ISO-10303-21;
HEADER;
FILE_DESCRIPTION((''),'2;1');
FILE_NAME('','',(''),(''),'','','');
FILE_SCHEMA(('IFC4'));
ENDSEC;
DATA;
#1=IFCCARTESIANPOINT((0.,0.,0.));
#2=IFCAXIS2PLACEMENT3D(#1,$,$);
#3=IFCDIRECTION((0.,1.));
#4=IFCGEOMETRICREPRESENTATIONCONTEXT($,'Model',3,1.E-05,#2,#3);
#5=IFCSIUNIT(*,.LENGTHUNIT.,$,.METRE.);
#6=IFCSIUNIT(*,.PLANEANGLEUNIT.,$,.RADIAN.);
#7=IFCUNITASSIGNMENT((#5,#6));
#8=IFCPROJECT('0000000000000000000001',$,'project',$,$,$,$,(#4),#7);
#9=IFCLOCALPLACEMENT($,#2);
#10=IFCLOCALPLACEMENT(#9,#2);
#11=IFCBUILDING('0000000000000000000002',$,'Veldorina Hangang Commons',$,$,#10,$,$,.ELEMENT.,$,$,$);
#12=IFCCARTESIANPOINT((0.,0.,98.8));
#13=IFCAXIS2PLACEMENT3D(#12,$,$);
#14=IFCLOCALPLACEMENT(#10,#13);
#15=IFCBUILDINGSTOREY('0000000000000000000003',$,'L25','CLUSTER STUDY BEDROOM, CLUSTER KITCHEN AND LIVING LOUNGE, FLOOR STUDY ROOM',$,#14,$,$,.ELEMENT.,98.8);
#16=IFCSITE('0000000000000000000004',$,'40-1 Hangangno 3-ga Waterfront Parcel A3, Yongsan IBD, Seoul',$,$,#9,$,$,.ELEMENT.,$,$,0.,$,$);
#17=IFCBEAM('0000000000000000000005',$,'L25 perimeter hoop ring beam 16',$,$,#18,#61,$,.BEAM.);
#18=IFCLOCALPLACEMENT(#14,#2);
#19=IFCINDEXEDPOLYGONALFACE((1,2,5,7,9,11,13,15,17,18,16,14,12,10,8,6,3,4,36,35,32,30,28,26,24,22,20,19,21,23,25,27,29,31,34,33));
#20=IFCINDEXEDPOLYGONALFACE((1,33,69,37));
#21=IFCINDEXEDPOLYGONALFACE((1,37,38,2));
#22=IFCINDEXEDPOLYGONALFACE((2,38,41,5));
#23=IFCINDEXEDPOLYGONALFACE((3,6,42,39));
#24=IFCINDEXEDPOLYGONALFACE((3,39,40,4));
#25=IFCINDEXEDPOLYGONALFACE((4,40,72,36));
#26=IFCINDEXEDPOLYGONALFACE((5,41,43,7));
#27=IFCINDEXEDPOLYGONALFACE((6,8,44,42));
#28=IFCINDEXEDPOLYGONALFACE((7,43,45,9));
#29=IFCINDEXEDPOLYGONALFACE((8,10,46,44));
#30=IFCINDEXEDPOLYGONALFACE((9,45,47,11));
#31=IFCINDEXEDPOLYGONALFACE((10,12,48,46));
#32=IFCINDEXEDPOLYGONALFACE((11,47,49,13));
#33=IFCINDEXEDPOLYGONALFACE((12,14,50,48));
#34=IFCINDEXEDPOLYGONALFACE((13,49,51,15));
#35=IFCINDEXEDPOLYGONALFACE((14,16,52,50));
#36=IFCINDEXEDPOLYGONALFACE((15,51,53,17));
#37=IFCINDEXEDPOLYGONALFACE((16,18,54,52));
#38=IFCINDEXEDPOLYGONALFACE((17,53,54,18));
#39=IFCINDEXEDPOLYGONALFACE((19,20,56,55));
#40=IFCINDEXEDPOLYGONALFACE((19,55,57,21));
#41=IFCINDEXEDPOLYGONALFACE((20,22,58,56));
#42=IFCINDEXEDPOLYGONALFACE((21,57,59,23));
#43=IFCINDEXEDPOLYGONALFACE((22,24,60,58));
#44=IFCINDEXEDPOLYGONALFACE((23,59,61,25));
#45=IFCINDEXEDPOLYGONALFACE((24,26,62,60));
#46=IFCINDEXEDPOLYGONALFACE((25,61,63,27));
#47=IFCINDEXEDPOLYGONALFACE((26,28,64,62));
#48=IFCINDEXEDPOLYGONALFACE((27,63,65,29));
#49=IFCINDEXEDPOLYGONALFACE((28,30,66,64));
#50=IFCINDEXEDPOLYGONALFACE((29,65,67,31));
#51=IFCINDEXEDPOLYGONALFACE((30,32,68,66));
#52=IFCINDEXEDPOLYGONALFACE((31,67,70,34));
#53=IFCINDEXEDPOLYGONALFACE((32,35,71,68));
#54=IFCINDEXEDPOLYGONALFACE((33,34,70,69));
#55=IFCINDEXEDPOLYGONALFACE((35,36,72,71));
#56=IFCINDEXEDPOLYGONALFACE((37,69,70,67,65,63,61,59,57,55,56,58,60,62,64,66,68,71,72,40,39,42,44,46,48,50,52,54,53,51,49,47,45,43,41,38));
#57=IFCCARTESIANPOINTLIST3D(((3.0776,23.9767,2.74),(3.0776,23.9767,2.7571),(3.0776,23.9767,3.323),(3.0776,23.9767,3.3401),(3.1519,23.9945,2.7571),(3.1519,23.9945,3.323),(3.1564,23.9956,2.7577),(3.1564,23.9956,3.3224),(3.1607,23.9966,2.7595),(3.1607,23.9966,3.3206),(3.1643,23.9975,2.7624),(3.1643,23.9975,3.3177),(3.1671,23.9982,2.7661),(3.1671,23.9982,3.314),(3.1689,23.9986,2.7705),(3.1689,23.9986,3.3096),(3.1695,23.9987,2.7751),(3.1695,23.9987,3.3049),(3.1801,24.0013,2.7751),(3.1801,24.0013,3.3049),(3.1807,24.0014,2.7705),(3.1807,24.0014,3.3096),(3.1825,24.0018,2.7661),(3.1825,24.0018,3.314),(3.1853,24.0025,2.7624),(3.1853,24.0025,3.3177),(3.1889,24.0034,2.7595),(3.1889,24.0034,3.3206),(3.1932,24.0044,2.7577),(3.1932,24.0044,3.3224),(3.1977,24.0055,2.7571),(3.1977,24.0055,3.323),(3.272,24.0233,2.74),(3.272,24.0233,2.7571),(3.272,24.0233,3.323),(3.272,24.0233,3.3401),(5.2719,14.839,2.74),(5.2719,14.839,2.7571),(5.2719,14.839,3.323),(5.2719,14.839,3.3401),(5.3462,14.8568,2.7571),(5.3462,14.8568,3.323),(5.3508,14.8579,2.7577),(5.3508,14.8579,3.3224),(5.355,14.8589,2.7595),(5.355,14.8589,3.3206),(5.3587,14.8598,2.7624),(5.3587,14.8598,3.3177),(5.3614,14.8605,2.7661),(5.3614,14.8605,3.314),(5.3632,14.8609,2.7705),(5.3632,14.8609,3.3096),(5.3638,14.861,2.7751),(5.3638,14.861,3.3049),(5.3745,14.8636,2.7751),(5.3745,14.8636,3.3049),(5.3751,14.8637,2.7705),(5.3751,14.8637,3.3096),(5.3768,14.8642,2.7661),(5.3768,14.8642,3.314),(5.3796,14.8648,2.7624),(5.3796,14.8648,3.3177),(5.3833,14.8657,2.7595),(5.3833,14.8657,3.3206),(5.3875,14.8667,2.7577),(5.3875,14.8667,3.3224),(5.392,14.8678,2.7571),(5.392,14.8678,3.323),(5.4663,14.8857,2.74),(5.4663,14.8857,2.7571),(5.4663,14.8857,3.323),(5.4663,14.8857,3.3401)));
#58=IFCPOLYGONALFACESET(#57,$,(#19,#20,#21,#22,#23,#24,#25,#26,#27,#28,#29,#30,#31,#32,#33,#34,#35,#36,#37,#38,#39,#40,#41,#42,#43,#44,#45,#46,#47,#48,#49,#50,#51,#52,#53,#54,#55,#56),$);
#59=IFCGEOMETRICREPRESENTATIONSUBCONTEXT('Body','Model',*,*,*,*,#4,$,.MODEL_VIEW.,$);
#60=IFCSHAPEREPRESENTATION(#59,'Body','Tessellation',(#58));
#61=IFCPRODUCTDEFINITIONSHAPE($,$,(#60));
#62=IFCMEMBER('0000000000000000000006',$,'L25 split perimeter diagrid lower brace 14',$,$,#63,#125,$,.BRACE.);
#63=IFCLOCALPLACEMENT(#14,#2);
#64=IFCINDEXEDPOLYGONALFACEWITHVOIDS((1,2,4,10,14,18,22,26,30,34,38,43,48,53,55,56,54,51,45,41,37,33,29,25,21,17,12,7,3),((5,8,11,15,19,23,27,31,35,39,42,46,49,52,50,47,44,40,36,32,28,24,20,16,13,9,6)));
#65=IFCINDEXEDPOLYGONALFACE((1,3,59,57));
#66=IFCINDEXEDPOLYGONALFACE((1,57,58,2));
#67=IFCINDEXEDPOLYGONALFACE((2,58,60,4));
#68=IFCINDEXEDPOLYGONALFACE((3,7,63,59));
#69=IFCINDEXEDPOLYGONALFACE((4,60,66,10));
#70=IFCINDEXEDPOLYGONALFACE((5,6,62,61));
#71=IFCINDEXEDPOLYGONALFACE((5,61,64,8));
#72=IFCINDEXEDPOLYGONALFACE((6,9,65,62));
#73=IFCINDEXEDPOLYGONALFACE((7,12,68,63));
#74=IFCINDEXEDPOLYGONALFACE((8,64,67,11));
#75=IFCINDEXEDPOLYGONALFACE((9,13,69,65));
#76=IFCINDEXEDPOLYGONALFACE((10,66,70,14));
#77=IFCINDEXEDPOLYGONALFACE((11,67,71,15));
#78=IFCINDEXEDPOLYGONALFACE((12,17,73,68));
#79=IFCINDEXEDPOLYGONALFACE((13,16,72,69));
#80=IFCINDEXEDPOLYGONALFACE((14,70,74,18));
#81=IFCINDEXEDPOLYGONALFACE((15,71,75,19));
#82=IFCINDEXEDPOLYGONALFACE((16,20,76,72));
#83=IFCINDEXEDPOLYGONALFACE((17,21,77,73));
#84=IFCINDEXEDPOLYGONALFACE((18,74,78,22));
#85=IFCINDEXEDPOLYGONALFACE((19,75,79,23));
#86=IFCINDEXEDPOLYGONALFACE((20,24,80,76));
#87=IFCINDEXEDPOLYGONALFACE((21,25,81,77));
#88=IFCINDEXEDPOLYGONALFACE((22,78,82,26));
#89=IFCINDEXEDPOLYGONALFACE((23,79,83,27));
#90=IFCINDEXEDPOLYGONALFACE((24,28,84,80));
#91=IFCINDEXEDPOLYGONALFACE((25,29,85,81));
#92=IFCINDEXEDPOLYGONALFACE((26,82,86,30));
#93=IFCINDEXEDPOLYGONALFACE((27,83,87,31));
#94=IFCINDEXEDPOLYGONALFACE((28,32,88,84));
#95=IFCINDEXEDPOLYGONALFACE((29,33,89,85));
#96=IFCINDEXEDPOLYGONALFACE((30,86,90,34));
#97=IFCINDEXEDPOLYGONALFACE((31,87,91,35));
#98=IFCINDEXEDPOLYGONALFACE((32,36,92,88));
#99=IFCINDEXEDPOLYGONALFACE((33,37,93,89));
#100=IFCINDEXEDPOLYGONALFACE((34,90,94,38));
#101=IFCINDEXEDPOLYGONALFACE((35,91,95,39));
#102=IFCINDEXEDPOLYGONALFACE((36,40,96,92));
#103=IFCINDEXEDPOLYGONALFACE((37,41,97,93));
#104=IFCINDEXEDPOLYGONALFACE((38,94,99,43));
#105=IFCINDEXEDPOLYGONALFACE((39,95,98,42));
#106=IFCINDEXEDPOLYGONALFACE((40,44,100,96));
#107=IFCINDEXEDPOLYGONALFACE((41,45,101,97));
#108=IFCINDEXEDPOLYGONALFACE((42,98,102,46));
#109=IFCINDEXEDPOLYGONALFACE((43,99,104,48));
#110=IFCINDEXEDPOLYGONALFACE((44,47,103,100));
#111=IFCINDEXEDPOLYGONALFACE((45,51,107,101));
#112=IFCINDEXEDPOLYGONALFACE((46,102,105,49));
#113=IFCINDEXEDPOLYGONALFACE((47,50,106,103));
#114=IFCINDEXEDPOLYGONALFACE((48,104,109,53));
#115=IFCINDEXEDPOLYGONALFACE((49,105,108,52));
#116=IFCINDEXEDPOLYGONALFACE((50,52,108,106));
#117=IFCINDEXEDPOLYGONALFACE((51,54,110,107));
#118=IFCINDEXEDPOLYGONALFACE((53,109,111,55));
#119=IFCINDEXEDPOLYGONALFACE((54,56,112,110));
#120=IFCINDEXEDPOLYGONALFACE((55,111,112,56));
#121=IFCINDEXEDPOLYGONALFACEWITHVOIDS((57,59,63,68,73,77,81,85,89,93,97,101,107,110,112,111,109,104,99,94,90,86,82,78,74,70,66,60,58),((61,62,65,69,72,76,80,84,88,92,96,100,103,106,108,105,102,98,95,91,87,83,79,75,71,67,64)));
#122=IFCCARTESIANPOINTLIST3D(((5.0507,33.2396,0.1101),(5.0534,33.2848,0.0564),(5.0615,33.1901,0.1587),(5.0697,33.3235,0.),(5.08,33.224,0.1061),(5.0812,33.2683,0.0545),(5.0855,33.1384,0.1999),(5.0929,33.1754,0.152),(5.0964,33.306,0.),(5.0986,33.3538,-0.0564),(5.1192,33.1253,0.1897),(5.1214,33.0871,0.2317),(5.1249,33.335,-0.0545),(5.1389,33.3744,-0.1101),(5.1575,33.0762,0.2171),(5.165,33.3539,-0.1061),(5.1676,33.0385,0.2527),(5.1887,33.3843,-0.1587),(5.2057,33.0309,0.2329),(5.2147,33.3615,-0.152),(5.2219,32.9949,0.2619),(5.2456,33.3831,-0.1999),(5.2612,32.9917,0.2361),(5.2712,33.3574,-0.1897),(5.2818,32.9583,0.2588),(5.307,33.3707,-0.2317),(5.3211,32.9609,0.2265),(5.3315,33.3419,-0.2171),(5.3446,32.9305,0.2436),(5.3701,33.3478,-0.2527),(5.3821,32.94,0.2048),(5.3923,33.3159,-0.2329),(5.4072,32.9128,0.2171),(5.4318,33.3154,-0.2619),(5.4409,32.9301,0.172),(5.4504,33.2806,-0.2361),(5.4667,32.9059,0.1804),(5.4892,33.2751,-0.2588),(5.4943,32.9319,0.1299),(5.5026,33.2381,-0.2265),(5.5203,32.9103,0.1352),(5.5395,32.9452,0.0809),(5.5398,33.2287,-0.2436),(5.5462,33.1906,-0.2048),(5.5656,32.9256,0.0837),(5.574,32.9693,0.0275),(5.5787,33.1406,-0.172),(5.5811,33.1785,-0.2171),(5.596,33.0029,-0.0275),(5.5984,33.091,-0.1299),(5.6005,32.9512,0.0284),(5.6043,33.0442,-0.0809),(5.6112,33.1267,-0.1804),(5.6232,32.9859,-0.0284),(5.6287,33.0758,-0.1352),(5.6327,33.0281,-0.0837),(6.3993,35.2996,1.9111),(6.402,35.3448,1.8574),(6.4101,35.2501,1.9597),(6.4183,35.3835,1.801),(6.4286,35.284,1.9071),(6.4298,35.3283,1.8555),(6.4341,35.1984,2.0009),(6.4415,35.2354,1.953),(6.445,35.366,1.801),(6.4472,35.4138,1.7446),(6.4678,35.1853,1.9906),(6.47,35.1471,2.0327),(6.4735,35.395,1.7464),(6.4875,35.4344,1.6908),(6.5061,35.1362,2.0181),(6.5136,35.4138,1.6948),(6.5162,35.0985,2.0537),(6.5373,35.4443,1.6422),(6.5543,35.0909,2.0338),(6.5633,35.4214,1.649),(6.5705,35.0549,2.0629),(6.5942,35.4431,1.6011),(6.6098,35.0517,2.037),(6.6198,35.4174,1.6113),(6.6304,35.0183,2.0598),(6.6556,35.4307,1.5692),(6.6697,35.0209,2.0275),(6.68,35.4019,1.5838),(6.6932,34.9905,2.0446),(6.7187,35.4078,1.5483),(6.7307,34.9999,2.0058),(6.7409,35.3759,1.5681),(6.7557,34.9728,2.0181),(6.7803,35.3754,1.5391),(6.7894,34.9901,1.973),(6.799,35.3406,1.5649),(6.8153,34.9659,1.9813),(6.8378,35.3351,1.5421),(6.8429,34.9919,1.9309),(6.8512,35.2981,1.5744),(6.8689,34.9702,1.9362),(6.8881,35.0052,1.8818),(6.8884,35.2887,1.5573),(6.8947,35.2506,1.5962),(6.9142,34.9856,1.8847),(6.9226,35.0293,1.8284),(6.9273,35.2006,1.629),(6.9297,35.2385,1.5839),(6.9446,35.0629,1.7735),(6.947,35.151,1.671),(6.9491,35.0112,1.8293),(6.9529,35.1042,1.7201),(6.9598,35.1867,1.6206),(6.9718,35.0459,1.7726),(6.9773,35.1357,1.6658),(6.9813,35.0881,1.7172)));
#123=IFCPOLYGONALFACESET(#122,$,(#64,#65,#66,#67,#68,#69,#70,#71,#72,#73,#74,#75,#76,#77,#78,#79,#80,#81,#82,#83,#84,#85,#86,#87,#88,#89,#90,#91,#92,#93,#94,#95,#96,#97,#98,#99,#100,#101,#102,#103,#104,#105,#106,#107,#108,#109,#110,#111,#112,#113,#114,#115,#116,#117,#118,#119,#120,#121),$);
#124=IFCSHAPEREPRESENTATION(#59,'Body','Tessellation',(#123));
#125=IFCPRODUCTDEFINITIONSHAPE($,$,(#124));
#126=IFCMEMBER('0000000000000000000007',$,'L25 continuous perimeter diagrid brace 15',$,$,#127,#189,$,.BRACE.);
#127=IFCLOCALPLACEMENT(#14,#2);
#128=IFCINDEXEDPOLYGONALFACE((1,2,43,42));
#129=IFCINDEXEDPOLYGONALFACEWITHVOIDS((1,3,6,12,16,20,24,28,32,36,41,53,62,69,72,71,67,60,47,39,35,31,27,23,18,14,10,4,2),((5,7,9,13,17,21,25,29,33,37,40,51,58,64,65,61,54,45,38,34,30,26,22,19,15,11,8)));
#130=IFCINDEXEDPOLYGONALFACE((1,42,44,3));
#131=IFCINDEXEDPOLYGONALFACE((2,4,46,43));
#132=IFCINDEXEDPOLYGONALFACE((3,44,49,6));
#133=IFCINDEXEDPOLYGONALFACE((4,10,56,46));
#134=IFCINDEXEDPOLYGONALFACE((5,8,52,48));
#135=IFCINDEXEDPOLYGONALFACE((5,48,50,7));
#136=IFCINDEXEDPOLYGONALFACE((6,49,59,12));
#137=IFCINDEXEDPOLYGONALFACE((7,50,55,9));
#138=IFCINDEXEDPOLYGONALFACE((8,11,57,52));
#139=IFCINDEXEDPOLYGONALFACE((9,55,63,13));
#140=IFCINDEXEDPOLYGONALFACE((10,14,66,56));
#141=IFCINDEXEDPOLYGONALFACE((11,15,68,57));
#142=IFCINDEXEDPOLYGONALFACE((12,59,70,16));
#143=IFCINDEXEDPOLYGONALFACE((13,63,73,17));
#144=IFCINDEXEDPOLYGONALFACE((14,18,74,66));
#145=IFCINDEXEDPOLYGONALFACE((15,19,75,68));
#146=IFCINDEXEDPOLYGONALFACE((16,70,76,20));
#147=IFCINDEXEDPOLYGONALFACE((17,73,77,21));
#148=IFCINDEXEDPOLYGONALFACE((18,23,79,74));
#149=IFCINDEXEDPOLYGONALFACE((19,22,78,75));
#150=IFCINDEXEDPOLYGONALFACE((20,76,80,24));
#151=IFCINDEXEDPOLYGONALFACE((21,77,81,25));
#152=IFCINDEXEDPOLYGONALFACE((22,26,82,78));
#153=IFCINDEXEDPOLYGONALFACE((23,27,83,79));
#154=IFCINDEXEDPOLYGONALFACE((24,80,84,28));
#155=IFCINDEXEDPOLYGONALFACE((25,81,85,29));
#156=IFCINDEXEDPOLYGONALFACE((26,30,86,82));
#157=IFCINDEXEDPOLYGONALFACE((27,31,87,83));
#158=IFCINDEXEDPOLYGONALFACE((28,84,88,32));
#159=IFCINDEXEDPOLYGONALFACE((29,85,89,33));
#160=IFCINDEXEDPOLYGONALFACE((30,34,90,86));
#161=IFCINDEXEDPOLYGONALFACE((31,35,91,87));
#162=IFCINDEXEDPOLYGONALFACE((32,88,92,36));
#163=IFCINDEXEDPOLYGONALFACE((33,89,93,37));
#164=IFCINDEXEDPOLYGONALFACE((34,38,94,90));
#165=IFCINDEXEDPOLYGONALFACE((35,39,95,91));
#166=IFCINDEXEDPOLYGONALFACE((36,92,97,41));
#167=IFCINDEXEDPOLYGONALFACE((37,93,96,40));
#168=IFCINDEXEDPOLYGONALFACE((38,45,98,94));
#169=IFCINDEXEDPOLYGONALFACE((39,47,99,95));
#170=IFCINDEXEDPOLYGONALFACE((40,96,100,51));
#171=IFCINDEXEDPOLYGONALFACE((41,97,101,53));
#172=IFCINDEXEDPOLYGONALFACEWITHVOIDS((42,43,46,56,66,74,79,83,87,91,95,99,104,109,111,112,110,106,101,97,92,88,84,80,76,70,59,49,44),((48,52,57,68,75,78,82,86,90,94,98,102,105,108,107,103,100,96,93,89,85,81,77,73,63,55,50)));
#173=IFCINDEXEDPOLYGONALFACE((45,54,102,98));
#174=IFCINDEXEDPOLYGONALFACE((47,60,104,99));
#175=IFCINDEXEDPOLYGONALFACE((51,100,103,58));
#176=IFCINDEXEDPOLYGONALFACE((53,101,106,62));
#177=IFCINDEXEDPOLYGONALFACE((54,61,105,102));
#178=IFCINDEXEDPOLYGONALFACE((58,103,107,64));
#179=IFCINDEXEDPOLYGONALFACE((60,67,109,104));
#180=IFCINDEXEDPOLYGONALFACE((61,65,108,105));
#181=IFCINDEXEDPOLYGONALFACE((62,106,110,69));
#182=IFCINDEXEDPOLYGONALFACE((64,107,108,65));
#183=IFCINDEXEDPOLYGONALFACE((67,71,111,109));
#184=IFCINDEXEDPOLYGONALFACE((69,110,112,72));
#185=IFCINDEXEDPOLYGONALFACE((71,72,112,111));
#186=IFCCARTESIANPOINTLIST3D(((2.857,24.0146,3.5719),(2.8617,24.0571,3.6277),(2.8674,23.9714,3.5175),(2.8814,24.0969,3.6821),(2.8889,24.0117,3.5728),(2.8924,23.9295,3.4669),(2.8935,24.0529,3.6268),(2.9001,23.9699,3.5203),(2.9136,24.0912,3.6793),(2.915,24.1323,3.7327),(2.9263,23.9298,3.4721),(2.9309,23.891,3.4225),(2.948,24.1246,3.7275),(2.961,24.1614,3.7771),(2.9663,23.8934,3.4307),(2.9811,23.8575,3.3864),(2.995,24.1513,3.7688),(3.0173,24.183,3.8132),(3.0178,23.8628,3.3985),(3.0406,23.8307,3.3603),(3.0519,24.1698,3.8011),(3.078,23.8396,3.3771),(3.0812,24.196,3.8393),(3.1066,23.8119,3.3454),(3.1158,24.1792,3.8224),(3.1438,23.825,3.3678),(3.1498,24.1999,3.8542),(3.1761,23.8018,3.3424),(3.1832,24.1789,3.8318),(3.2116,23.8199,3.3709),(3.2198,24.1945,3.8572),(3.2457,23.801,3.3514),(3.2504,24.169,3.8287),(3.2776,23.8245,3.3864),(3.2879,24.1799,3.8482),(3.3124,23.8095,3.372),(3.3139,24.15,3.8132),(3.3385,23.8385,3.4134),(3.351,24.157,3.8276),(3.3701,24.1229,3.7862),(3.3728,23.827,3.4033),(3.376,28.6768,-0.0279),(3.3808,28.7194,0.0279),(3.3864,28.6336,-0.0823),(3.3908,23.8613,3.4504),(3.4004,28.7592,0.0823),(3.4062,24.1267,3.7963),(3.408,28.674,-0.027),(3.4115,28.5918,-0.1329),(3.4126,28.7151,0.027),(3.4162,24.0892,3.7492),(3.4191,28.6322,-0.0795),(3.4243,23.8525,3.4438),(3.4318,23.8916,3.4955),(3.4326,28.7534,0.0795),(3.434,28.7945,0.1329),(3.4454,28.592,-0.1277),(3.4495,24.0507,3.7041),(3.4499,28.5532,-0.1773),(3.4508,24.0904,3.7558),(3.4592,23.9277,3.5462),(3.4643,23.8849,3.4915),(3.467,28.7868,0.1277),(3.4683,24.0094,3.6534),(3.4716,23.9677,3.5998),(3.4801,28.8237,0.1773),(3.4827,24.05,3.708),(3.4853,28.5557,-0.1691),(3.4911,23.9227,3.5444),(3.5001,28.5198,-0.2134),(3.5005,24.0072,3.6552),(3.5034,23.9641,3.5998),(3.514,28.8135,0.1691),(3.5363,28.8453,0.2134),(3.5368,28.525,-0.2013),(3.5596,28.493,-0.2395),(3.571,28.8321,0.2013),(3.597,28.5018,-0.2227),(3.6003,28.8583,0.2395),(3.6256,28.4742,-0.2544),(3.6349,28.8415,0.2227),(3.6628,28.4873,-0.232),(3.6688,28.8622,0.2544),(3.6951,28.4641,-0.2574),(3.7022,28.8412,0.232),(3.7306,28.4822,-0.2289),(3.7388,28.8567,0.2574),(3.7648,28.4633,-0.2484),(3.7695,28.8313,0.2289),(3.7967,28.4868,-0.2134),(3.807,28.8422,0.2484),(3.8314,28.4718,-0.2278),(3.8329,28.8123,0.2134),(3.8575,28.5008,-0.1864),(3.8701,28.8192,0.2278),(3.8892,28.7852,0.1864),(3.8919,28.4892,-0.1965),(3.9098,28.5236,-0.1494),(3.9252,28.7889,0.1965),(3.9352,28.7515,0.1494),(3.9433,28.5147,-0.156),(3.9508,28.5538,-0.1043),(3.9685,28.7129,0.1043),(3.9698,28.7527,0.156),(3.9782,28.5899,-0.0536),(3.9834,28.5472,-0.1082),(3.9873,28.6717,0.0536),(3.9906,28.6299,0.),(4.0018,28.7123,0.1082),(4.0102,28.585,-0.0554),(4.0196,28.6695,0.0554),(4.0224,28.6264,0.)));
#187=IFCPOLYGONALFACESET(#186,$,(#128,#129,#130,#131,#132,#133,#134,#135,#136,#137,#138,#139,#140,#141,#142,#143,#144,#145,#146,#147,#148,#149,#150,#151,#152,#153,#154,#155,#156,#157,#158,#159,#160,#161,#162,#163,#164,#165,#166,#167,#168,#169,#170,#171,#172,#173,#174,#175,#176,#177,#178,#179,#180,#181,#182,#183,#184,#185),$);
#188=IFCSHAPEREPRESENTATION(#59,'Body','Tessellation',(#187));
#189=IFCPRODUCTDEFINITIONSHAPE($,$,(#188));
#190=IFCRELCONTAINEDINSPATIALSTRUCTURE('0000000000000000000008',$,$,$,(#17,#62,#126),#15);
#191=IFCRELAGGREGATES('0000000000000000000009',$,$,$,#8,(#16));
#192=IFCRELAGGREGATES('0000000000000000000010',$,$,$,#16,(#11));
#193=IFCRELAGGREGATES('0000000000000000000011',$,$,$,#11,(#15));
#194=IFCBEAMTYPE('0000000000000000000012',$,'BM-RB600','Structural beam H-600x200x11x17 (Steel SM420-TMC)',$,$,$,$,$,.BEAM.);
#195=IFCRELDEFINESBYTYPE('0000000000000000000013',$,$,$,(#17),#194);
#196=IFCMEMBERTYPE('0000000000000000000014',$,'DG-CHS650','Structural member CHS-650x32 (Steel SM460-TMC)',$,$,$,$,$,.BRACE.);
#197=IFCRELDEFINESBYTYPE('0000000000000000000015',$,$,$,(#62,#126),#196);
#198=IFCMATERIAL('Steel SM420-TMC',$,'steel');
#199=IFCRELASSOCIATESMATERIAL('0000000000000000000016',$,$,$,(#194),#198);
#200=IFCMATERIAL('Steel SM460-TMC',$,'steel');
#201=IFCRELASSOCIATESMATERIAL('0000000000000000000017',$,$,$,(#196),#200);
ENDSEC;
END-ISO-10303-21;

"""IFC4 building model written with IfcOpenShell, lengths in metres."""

from ifc_helpers import new_model, si_unit, direction, frame, origin, origin_2d, place, context, subcontext, project, spatial, hollow_circle, i_section, extrude, material, material_profile, profile_set, type_object, element, save


model = new_model("IFC4")

# Units and contexts
model_context = context("Model", 3, precision=1e-05, world=origin(), true_north=direction((0.0, 1.0)))
body_context = subcontext(model_context, "Body", "Model", "MODEL_VIEW")
ifc_project = project(units=[si_unit("LENGTHUNIT", "METRE"), si_unit("PLANEANGLEUNIT", "RADIAN")], contexts=[model_context])

# Site, building, storey
site_placement = place(None, origin())
site = spatial("IfcSite", under=ifc_project, at=site_placement, Name="40-1 Hangangno 3-ga Waterfront Parcel A3, Yongsan IBD, Seoul", CompositionType="ELEMENT", RefElevation=0.0)
building_placement = place(site_placement, origin())
building = spatial("IfcBuilding", under=site, at=building_placement, Name="Veldorina Hangang Commons", CompositionType="ELEMENT")
storey_placement = place(building_placement, frame((0.0, 0.0, 98.8)))
storey = spatial("IfcBuildingStorey", under=building, at=storey_placement, Name="L25", Description="CLUSTER STUDY BEDROOM, CLUSTER KITCHEN AND LIVING LOUNGE, FLOOR STUDY ROOM", CompositionType="ELEMENT", Elevation=98.8)

# Beam
ifc_material_1 = material(Name="Steel SM420-TMC", Category="steel")
ifc_material_profile_1 = material_profile(ifc_material_1, i_section(OverallWidth=0.2, OverallDepth=0.6001, WebThickness=0.011, FlangeThickness=0.0171, FilletRadius=0.0181, at=origin_2d()), Name="H-600x200x11x17")
ifc_profile_set_1 = profile_set([ifc_material_profile_1], Name="Steel SM420-TMC")
beam_type_1 = type_object("IfcBeamType", Name="BM-RB600", Description="Structural beam H-600x200x11x17 (Steel SM420-TMC)", PredefinedType="BEAM", material=ifc_profile_set_1)
for number, where, z_axis, x_axis, name in (
    (1, (3.1748, 24.0, 3.04), (0.233503, -0.972356, 0.0), (0.972356, 0.233503, 0.0), "L25 perimeter hoop ring beam 16"),
):
    element("IfcBeam", number, at=place(storey_placement, frame(where, z_axis=z_axis, x_axis=x_axis)), inside=storey, type_object=beam_type_1, Name=name, PredefinedType="BEAM", context=body_context, shape_type="SweptSolid", body=[
        extrude(i_section(OverallWidth=0.2, OverallDepth=0.6001, WebThickness=0.011, FlangeThickness=0.0171, FilletRadius=0.0181, at=origin_2d()), origin(), (0.0, 0.0, 1.0), 9.3975),
    ])

# Members
ifc_material_2 = material(Name="Steel SM460-TMC", Category="steel")
ifc_material_profile_2 = material_profile(ifc_material_2, hollow_circle(Radius=0.325, WallThickness=0.032, at=origin_2d()), Name="CHS-650x32")
ifc_profile_set_2 = profile_set([ifc_material_profile_2], Name="Steel SM460-TMC")
member_type = type_object("IfcMemberType", Name="DG-CHS650", Description="Structural member CHS-650x32 (Steel SM460-TMC)", PredefinedType="BRACE", material=ifc_profile_set_2)
member_1_placement = place(storey_placement, frame((5.3416, 33.1455, 0.0), z_axis=(0.442083, 0.67529, 0.590378), x_axis=(-0.836659, 0.547725, 0.0)))
element("IfcMember", 2, at=member_1_placement, inside=storey, type_object=member_type, Name="L25 split perimeter diagrid lower brace 14", PredefinedType="BRACE", context=body_context, shape_type="SweptSolid", body=[
    extrude(hollow_circle(Radius=0.325, WallThickness=0.032, at=origin_2d()), origin(), (0.0, 0.0, 1.0), 3.0505),
])
member_2_placement = place(storey_placement, frame((3.6995, 28.6624, 0.0), z_axis=(-0.087777, -0.788466, 0.608783), x_axis=(0.99386, -0.110643, 0.0)))
element("IfcMember", 3, at=member_2_placement, inside=storey, type_object=member_type, Name="L25 continuous perimeter diagrid brace 15", PredefinedType="BRACE", context=body_context, shape_type="SweptSolid", body=[
    extrude(hollow_circle(Radius=0.325, WallThickness=0.032, at=origin_2d()), origin(), (0.0, 0.0, 1.0), 5.9131),
])

save(model, "model.ifc")
